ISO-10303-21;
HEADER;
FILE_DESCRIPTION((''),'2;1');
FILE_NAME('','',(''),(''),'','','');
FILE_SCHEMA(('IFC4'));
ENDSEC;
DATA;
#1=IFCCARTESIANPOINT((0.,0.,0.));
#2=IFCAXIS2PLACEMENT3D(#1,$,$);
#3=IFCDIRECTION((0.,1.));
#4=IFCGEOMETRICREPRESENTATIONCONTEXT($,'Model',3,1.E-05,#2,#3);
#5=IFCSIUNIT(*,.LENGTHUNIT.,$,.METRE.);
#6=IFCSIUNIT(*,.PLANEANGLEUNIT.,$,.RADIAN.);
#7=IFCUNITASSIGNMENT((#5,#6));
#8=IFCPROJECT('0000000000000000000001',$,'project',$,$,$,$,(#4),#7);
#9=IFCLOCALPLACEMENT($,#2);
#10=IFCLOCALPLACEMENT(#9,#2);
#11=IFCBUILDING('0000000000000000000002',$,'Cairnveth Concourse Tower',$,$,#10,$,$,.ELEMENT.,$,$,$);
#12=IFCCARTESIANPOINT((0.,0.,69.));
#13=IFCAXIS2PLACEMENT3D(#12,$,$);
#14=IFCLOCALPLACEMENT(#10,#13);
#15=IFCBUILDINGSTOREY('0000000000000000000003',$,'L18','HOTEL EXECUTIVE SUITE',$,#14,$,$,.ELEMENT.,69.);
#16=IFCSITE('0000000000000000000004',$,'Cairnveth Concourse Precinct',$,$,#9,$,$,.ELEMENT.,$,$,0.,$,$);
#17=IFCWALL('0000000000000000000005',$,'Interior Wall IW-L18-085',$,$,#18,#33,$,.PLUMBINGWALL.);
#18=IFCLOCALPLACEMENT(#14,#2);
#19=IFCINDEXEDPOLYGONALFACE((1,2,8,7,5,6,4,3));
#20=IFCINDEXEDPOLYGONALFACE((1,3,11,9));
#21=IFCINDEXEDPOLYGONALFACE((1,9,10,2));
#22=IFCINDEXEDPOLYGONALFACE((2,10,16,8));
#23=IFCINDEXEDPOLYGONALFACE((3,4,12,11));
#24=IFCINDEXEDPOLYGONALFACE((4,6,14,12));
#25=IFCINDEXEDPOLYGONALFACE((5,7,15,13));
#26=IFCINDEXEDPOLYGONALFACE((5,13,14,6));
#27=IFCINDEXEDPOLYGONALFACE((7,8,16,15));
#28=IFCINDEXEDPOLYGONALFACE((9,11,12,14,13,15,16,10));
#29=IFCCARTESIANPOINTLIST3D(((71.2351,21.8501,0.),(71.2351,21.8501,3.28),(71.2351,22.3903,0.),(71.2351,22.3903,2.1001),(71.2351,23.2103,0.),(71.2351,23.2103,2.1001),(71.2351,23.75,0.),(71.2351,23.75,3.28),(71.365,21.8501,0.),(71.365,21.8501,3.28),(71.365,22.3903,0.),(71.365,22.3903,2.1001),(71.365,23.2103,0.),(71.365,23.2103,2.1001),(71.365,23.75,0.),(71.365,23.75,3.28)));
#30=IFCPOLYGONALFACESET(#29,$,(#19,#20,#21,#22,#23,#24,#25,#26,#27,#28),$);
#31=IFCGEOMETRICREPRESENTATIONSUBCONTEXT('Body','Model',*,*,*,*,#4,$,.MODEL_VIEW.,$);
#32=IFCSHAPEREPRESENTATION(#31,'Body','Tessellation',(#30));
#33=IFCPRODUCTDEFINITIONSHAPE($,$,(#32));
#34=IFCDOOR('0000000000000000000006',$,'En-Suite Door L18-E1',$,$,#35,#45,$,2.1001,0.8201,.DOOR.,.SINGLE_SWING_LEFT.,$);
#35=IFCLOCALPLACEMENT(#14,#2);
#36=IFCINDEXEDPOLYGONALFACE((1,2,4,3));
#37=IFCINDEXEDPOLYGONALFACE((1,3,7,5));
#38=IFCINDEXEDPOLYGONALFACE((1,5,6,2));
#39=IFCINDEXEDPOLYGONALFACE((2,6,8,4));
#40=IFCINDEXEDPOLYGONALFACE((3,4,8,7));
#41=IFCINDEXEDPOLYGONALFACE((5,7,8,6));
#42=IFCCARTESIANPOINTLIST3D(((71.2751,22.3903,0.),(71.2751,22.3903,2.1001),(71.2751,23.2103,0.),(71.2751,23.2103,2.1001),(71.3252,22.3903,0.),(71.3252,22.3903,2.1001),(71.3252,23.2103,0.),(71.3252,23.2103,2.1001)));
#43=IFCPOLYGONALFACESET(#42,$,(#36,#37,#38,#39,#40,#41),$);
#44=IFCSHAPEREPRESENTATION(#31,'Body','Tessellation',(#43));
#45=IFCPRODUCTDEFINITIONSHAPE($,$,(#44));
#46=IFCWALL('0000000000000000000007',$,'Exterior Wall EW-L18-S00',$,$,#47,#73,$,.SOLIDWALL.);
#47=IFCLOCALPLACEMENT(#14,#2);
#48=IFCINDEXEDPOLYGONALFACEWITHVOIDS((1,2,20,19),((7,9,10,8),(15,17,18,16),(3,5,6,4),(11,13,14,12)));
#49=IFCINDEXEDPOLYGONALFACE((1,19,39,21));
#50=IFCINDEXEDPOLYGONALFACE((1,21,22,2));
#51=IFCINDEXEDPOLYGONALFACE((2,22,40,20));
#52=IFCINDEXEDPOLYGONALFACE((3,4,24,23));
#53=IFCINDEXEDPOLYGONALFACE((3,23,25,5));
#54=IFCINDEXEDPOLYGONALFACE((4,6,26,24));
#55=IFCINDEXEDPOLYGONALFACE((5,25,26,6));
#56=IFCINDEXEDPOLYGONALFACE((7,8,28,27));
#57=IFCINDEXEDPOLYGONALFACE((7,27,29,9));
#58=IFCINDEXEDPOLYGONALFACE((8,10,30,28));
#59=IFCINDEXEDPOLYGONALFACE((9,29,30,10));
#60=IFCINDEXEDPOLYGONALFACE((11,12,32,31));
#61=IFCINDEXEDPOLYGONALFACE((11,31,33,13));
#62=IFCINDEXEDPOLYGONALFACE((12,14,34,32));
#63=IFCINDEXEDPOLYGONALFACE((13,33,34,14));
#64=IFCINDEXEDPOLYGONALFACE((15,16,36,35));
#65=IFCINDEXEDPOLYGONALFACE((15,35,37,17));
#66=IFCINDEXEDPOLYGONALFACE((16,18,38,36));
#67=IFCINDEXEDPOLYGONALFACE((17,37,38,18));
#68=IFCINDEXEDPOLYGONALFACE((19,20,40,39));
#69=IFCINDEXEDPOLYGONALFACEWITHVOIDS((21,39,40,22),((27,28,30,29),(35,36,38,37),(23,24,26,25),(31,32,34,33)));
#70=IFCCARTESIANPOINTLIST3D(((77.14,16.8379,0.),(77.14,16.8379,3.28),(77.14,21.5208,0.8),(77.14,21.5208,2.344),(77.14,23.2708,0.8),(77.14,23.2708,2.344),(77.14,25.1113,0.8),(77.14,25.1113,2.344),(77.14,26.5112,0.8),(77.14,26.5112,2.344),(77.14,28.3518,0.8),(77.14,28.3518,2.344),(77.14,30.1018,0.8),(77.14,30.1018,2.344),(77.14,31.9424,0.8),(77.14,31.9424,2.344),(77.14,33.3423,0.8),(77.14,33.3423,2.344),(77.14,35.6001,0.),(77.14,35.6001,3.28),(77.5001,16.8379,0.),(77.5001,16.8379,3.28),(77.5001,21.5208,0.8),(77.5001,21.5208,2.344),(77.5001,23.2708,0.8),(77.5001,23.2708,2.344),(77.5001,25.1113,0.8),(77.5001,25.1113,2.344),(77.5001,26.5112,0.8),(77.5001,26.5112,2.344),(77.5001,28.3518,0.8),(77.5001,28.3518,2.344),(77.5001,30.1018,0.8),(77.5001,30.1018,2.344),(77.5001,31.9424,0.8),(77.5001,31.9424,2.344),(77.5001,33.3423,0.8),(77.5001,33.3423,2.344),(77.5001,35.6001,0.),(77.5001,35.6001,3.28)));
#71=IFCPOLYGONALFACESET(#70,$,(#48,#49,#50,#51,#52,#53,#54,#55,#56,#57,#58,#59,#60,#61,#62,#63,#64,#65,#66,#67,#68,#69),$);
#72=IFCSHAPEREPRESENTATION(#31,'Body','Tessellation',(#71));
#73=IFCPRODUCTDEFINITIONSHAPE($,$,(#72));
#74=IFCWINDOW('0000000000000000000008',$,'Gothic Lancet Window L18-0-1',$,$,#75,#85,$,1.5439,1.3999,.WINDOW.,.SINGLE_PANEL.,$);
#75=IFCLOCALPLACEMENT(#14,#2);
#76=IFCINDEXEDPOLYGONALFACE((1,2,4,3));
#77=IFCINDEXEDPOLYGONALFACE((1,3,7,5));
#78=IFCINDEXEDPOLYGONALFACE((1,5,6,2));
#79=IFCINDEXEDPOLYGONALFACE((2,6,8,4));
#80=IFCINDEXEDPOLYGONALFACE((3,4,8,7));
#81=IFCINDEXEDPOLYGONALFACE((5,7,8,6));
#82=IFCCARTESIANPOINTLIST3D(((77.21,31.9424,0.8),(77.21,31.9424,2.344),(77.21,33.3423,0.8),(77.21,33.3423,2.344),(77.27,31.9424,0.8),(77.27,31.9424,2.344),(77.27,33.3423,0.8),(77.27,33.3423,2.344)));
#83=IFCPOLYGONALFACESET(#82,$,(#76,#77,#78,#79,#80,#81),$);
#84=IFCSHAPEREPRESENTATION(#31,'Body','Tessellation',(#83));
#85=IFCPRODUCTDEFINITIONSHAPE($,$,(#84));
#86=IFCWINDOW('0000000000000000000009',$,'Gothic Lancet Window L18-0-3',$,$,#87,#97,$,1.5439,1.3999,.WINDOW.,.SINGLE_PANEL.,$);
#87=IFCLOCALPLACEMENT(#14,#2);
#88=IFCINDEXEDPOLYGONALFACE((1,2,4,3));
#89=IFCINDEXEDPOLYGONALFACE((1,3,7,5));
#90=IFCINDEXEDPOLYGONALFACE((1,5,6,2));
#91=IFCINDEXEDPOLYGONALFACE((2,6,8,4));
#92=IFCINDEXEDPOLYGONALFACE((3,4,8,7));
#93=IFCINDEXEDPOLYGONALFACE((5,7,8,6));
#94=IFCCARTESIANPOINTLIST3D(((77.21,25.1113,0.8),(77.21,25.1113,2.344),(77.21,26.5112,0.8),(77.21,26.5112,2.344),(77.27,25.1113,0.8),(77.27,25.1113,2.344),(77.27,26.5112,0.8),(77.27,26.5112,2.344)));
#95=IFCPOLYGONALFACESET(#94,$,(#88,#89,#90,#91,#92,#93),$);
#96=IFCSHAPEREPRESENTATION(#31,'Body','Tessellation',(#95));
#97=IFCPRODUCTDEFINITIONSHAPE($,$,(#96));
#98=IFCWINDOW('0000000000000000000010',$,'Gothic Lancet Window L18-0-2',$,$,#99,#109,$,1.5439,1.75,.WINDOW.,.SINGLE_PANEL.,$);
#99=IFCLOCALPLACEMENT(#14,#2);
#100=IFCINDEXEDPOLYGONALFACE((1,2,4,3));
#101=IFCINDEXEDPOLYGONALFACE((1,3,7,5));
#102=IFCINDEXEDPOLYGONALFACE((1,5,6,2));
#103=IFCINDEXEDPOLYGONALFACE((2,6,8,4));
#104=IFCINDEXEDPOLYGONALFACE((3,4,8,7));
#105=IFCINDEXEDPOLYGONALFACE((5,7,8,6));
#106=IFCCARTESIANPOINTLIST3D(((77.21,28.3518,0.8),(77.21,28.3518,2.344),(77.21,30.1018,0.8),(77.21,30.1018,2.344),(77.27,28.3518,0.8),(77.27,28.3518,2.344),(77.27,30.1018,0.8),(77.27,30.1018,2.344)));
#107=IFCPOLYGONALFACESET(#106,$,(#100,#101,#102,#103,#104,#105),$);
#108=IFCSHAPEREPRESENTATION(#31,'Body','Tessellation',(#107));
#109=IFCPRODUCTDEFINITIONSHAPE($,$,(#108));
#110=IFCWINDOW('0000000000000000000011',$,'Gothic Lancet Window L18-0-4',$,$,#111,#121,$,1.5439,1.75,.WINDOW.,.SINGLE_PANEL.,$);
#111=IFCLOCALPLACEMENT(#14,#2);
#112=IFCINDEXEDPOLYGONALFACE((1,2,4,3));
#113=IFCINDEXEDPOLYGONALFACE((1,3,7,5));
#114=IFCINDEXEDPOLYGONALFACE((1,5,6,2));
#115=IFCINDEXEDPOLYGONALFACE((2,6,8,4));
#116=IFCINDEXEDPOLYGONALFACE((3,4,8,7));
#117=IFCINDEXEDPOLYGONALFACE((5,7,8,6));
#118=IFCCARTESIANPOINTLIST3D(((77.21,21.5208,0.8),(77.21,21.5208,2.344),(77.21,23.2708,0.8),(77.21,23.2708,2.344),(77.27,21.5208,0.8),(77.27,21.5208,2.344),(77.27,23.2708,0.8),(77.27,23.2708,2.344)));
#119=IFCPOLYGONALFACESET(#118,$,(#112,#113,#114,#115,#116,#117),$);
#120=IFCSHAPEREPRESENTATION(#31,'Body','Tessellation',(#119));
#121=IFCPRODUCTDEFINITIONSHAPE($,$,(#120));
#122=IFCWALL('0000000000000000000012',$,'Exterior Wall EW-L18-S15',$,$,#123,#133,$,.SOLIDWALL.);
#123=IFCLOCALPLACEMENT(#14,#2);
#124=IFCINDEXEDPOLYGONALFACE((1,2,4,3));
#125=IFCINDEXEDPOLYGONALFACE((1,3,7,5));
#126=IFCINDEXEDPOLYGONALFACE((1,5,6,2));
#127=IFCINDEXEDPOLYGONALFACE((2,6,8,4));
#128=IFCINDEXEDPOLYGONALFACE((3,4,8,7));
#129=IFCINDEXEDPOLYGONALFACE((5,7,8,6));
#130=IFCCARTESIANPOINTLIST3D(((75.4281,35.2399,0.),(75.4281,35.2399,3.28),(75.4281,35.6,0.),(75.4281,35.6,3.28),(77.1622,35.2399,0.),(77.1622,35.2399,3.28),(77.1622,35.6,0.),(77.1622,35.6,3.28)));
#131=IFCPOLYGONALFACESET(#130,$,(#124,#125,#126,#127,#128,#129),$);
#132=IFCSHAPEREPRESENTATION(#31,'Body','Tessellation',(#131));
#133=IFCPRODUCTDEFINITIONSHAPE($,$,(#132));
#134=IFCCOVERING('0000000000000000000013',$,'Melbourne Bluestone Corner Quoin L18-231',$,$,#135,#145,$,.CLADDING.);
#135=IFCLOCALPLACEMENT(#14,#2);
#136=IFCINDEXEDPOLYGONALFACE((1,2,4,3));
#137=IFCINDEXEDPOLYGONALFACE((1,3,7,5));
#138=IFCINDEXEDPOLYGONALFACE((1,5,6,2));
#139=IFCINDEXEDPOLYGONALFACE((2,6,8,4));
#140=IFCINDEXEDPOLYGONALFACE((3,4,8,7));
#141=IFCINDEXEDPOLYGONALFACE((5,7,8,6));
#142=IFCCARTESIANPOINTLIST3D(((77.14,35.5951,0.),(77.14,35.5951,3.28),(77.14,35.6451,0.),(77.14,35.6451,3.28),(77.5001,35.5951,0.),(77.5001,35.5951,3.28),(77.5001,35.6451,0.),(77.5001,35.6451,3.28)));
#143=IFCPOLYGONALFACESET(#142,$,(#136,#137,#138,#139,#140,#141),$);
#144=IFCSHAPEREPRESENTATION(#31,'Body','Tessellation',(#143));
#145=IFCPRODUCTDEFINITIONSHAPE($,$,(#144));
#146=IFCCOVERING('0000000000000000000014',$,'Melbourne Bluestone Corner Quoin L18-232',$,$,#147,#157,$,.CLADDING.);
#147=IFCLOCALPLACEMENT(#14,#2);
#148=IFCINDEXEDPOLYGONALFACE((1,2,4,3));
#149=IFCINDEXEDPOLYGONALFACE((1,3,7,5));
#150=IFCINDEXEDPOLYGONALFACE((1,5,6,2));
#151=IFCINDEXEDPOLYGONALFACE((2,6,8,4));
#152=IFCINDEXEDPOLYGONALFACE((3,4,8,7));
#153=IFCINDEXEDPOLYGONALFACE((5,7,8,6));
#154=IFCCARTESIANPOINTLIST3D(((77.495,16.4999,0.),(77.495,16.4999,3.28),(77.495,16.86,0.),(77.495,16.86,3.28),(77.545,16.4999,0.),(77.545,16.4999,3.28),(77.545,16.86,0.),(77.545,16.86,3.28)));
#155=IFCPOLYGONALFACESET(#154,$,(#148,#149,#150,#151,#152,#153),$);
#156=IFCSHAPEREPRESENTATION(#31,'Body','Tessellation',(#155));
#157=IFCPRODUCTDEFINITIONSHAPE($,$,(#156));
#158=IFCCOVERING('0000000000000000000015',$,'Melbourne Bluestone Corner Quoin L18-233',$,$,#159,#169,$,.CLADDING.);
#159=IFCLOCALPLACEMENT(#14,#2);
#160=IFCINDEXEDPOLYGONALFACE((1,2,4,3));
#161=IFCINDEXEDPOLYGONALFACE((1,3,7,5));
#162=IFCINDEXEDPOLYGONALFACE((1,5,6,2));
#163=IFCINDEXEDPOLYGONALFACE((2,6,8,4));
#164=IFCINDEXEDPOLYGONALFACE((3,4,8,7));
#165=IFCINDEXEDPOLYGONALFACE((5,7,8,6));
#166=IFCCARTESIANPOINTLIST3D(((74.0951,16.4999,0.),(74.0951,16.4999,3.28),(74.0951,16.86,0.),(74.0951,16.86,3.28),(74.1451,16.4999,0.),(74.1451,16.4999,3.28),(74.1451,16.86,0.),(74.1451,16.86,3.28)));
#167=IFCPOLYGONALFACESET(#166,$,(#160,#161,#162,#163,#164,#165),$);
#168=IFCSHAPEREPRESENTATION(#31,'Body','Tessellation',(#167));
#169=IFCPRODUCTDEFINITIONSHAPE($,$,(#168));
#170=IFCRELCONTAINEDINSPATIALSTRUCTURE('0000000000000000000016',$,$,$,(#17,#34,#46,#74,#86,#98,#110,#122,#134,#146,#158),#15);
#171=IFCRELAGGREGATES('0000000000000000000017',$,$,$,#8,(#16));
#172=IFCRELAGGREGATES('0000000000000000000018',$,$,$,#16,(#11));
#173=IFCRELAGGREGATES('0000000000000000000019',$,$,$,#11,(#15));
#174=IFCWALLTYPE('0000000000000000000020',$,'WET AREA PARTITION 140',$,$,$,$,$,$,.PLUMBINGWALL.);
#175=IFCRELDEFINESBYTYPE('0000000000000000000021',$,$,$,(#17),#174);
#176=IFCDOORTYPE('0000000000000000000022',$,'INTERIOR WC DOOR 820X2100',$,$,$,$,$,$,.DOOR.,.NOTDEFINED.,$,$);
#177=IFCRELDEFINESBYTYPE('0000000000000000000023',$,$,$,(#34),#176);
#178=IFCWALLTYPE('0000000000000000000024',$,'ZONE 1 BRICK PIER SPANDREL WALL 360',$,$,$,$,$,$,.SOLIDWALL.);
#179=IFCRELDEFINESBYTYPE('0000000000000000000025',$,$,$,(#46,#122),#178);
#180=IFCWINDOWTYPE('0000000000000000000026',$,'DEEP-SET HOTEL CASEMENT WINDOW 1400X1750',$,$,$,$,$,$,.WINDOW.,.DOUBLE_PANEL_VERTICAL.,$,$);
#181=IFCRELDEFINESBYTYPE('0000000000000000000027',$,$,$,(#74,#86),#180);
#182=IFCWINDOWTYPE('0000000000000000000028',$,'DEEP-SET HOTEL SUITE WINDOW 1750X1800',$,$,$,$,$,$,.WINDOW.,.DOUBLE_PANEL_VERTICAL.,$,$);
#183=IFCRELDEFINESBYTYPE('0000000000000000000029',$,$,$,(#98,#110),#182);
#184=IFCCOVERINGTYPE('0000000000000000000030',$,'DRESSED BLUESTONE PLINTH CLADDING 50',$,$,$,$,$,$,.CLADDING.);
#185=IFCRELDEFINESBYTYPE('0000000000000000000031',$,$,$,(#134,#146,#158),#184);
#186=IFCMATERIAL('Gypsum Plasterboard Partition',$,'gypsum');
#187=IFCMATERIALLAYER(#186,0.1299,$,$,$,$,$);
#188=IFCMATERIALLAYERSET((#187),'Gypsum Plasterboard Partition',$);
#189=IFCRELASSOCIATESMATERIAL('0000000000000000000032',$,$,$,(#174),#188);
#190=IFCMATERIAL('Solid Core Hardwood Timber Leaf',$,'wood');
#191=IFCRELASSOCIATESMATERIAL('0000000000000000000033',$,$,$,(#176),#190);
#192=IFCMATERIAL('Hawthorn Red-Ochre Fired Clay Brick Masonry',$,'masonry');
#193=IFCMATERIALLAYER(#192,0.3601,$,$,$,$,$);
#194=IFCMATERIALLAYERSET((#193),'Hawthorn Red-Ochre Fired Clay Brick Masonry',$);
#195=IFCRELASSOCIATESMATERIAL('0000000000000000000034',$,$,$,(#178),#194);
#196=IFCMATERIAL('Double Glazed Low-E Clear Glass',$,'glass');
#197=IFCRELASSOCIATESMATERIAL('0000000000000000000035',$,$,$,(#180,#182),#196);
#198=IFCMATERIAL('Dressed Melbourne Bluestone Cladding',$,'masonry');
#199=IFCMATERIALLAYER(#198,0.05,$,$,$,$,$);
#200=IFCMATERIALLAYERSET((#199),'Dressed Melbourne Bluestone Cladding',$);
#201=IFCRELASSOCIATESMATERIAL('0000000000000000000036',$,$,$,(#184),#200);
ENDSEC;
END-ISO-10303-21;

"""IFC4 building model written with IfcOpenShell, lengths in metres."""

from ifc_helpers import new_model, si_unit, direction, frame, frame_2d, origin, place, context, subcontext, project, spatial, rectangle, extrude, material, layer, layer_set, type_object, element, fill, save


model = new_model("IFC4")

# Units and contexts
model_context = context("Model", 3, precision=1e-05, world=origin(), true_north=direction((0.0, 1.0)))
body_context = subcontext(model_context, "Body", "Model", "MODEL_VIEW")
ifc_project = project(units=[si_unit("LENGTHUNIT", "METRE"), si_unit("PLANEANGLEUNIT", "RADIAN")], contexts=[model_context])

# Site, building, storey
site_placement = place(None, origin())
site = spatial("IfcSite", under=ifc_project, at=site_placement, Name="Cairnveth Concourse Precinct", CompositionType="ELEMENT", RefElevation=0.0)
building_placement = place(site_placement, origin())
building = spatial("IfcBuilding", under=site, at=building_placement, Name="Cairnveth Concourse Tower", CompositionType="ELEMENT")
storey_placement = place(building_placement, frame((0.0, 0.0, 69.0)))
storey = spatial("IfcBuildingStorey", under=building, at=storey_placement, Name="L18", Description="HOTEL EXECUTIVE SUITE", CompositionType="ELEMENT", Elevation=69.0)

# Shared definitions
ifc_material_1 = material(Name="Gypsum Plasterboard Partition", Category="gypsum")
ifc_material_2 = material(Name="Solid Core Hardwood Timber Leaf", Category="wood")

# Shared definitions
ifc_material_3 = material(Name="Dressed Melbourne Bluestone Cladding", Category="masonry")
ifc_layer_1 = layer(ifc_material_1, 0.1299)
ifc_layer_set_1 = layer_set([ifc_layer_1], Name="Gypsum Plasterboard Partition")
wall_type_1 = type_object("IfcWallType", Name="WET AREA PARTITION 140", PredefinedType="PLUMBINGWALL", material=ifc_layer_set_1)

# Wall, opening, door
wall_1_placement = place(storey_placement, frame((71.3, 21.8501, 0.0), z_axis=(0.0, 0.0, 1.0), x_axis=(0.0, 1.0, 0.0)))
wall_1 = element("IfcWall", 1, at=wall_1_placement, inside=storey, type_object=wall_type_1, Name="Interior Wall IW-L18-085", PredefinedType="PLUMBINGWALL", context=body_context, shape_type="SweptSolid", body=[
    extrude(rectangle(XDim=1.8999, YDim=0.1299, at=frame_2d((0.95, 0.0))), origin(), (0.0, 0.0, 1.0), 3.28),
])
opening_1_placement = place(wall_1_placement, frame((0.54, 0.0, 0.0)))
opening_1 = element("IfcOpeningElement", 2, at=opening_1_placement, cuts=wall_1, PredefinedType="OPENING", context=body_context, shape_type="SweptSolid", body=[
    extrude(rectangle(XDim=0.8201, YDim=2.1001, at=frame_2d((0.4102, 1.05))), frame((0.0, 0.075, 0.0), z_axis=(0.0, -1.0, 0.0), x_axis=(1.0, 0.0, 0.0)), (0.0, 0.0, 1.0), 0.1499),
])
door_type_1 = type_object("IfcDoorType", Name="INTERIOR WC DOOR 820X2100", OperationType="NOTDEFINED", PredefinedType="DOOR", material=ifc_material_2)
door_1_placement = place(opening_1_placement, origin())
door_1 = element("IfcDoor", 3, at=door_1_placement, inside=storey, type_object=door_type_1, Name="En-Suite Door L18-E1", OperationType="SINGLE_SWING_LEFT", OverallHeight=2.1001, OverallWidth=0.8201, PredefinedType="DOOR", context=body_context, shape_type="SweptSolid", body=[
    extrude(rectangle(XDim=0.8201, YDim=2.1001, at=frame_2d((0.4102, 1.05))), frame((0.0, 0.0249, 0.0), z_axis=(0.0, -1.0, 0.0), x_axis=(1.0, 0.0, 0.0)), (0.0, 0.0, 1.0), 0.05),
])
fill(opening_1, door_1)

# Wall, openings, windows
ifc_material_4 = material(Name="Hawthorn Red-Ochre Fired Clay Brick Masonry", Category="masonry")
ifc_layer_2 = layer(ifc_material_4, 0.3601)
ifc_layer_set_2 = layer_set([ifc_layer_2], Name="Hawthorn Red-Ochre Fired Clay Brick Masonry")
wall_type_2 = type_object("IfcWallType", Name="ZONE 1 BRICK PIER SPANDREL WALL 360", PredefinedType="SOLIDWALL", material=ifc_layer_set_2)
wall_2_placement = place(storey_placement, frame((77.3201, 35.6001, 0.0), z_axis=(0.0, 0.0, 1.0), x_axis=(0.0, -1.0, 0.0)))
wall_2 = element("IfcWall", 4, at=wall_2_placement, inside=storey, type_object=wall_type_2, Name="Exterior Wall EW-L18-S00", PredefinedType="SOLIDWALL", context=body_context, shape_type="SweptSolid", body=[
    extrude(rectangle(XDim=18.7622, YDim=0.3601, at=frame_2d((9.3811, 0.0))), origin(), (0.0, 0.0, 1.0), 3.28),
])
opening_2_placement = place(wall_2_placement, frame((2.2578, 0.0, 0.8)))
opening_2 = element("IfcOpeningElement", 5, at=opening_2_placement, cuts=wall_2, PredefinedType="OPENING", context=body_context, shape_type="SweptSolid", body=[
    extrude(rectangle(XDim=1.3999, YDim=1.5439, at=frame_2d((0.7, 0.772))), frame((0.0, 0.1899, 0.0), z_axis=(0.0, -1.0, 0.0), x_axis=(1.0, 0.0, 0.0)), (0.0, 0.0, 1.0), 0.3801),
])
opening_3_placement = place(wall_2_placement, frame((5.4983, 0.0, 0.8)))
opening_3 = element("IfcOpeningElement", 6, at=opening_3_placement, cuts=wall_2, PredefinedType="OPENING", context=body_context, shape_type="SweptSolid", body=[
    extrude(rectangle(XDim=1.75, YDim=1.5439, at=frame_2d((0.875, 0.772))), frame((0.0, 0.1899, 0.0), z_axis=(0.0, -1.0, 0.0), x_axis=(1.0, 0.0, 0.0)), (0.0, 0.0, 1.0), 0.3801),
])
opening_4_placement = place(wall_2_placement, frame((9.0889, 0.0, 0.8)))
opening_4 = element("IfcOpeningElement", 7, at=opening_4_placement, cuts=wall_2, PredefinedType="OPENING", context=body_context, shape_type="SweptSolid", body=[
    extrude(rectangle(XDim=1.3999, YDim=1.5439, at=frame_2d((0.7, 0.772))), frame((0.0, 0.1899, 0.0), z_axis=(0.0, -1.0, 0.0), x_axis=(1.0, 0.0, 0.0)), (0.0, 0.0, 1.0), 0.3801),
])
opening_5_placement = place(wall_2_placement, frame((12.3293, 0.0, 0.8)))
opening_5 = element("IfcOpeningElement", 8, at=opening_5_placement, cuts=wall_2, PredefinedType="OPENING", context=body_context, shape_type="SweptSolid", body=[
    extrude(rectangle(XDim=1.75, YDim=1.5439, at=frame_2d((0.875, 0.772))), frame((0.0, 0.1899, 0.0), z_axis=(0.0, -1.0, 0.0), x_axis=(1.0, 0.0, 0.0)), (0.0, 0.0, 1.0), 0.3801),
])
ifc_material_5 = material(Name="Double Glazed Low-E Clear Glass", Category="glass")
window_type_1 = type_object("IfcWindowType", Name="DEEP-SET HOTEL CASEMENT WINDOW 1400X1750", PartitioningType="DOUBLE_PANEL_VERTICAL", PredefinedType="WINDOW", material=ifc_material_5)
window_1_placement = place(opening_2_placement, origin())
window_1 = element("IfcWindow", 9, at=window_1_placement, inside=storey, type_object=window_type_1, Name="Gothic Lancet Window L18-0-1", OverallHeight=1.5439, OverallWidth=1.3999, PartitioningType="SINGLE_PANEL", PredefinedType="WINDOW", context=body_context, shape_type="SweptSolid", body=[
    extrude(rectangle(XDim=1.3999, YDim=1.5439, at=frame_2d((0.7, 0.772))), frame((0.0, -0.05, 0.0), z_axis=(0.0, -1.0, 0.0), x_axis=(1.0, 0.0, 0.0)), (0.0, 0.0, 1.0), 0.0601),
])
fill(opening_2, window_1)
window_2_placement = place(opening_4_placement, origin())
window_2 = element("IfcWindow", 10, at=window_2_placement, inside=storey, type_object=window_type_1, Name="Gothic Lancet Window L18-0-3", OverallHeight=1.5439, OverallWidth=1.3999, PartitioningType="SINGLE_PANEL", PredefinedType="WINDOW", context=body_context, shape_type="SweptSolid", body=[
    extrude(rectangle(XDim=1.3999, YDim=1.5439, at=frame_2d((0.7, 0.772))), frame((0.0, -0.05, 0.0), z_axis=(0.0, -1.0, 0.0), x_axis=(1.0, 0.0, 0.0)), (0.0, 0.0, 1.0), 0.0601),
])
fill(opening_4, window_2)
window_type_2 = type_object("IfcWindowType", Name="DEEP-SET HOTEL SUITE WINDOW 1750X1800", PartitioningType="DOUBLE_PANEL_VERTICAL", PredefinedType="WINDOW", material=ifc_material_5)
window_3_placement = place(opening_3_placement, origin())
window_3 = element("IfcWindow", 11, at=window_3_placement, inside=storey, type_object=window_type_2, Name="Gothic Lancet Window L18-0-2", OverallHeight=1.5439, OverallWidth=1.75, PartitioningType="SINGLE_PANEL", PredefinedType="WINDOW", context=body_context, shape_type="SweptSolid", body=[
    extrude(rectangle(XDim=1.75, YDim=1.5439, at=frame_2d((0.875, 0.772))), frame((0.0, -0.05, 0.0), z_axis=(0.0, -1.0, 0.0), x_axis=(1.0, 0.0, 0.0)), (0.0, 0.0, 1.0), 0.0601),
])
fill(opening_3, window_3)
window_4_placement = place(opening_5_placement, origin())
window_4 = element("IfcWindow", 12, at=window_4_placement, inside=storey, type_object=window_type_2, Name="Gothic Lancet Window L18-0-4", OverallHeight=1.5439, OverallWidth=1.75, PartitioningType="SINGLE_PANEL", PredefinedType="WINDOW", context=body_context, shape_type="SweptSolid", body=[
    extrude(rectangle(XDim=1.75, YDim=1.5439, at=frame_2d((0.875, 0.772))), frame((0.0, -0.05, 0.0), z_axis=(0.0, -1.0, 0.0), x_axis=(1.0, 0.0, 0.0)), (0.0, 0.0, 1.0), 0.0601),
])
fill(opening_5, window_4)

# Wall
wall_3_placement = place(storey_placement, frame((75.428, 35.4199, 0.0), z_axis=(0.0, 0.0, 1.0), x_axis=(1.0, 0.0, 0.0)))
element("IfcWall", 13, at=wall_3_placement, inside=storey, type_object=wall_type_2, Name="Exterior Wall EW-L18-S15", PredefinedType="SOLIDWALL", context=body_context, shape_type="SweptSolid", body=[
    extrude(rectangle(XDim=1.7341, YDim=0.3601, at=frame_2d((0.8672, 0.0))), origin(), (0.0, 0.0, 1.0), 3.28),
])

# Coverings
ifc_layer_3 = layer(ifc_material_3, 0.05)
ifc_layer_set_3 = layer_set([ifc_layer_3], Name="Dressed Melbourne Bluestone Cladding")
covering_type = type_object("IfcCoveringType", Name="DRESSED BLUESTONE PLINTH CLADDING 50", PredefinedType="CLADDING", material=ifc_layer_set_3)
for number, where, z_axis, x_axis, name in (
    (14, (77.1399, 35.6201, 0.0), (0.0, 0.0, 1.0), (1.0, 0.0, 0.0), "Melbourne Bluestone Corner Quoin L18-231"),
    (15, (77.52, 16.8601, 0.0), (0.0, 0.0, 1.0), (0.0, -1.0, 0.0), "Melbourne Bluestone Corner Quoin L18-232"),
    (16, (74.1201, 16.8601, 0.0), (0.0, 0.0, 1.0), (0.0, -1.0, 0.0), "Melbourne Bluestone Corner Quoin L18-233"),
):
    element("IfcCovering", number, at=place(storey_placement, frame(where, z_axis=z_axis, x_axis=x_axis)), inside=storey, type_object=covering_type, Name=name, PredefinedType="CLADDING", context=body_context, shape_type="SweptSolid", body=[
        extrude(rectangle(XDim=0.3601, YDim=0.05, at=frame_2d((0.1802, 0.0))), origin(), (0.0, 0.0, 1.0), 3.28),
    ])

save(model, "model.ifc")
